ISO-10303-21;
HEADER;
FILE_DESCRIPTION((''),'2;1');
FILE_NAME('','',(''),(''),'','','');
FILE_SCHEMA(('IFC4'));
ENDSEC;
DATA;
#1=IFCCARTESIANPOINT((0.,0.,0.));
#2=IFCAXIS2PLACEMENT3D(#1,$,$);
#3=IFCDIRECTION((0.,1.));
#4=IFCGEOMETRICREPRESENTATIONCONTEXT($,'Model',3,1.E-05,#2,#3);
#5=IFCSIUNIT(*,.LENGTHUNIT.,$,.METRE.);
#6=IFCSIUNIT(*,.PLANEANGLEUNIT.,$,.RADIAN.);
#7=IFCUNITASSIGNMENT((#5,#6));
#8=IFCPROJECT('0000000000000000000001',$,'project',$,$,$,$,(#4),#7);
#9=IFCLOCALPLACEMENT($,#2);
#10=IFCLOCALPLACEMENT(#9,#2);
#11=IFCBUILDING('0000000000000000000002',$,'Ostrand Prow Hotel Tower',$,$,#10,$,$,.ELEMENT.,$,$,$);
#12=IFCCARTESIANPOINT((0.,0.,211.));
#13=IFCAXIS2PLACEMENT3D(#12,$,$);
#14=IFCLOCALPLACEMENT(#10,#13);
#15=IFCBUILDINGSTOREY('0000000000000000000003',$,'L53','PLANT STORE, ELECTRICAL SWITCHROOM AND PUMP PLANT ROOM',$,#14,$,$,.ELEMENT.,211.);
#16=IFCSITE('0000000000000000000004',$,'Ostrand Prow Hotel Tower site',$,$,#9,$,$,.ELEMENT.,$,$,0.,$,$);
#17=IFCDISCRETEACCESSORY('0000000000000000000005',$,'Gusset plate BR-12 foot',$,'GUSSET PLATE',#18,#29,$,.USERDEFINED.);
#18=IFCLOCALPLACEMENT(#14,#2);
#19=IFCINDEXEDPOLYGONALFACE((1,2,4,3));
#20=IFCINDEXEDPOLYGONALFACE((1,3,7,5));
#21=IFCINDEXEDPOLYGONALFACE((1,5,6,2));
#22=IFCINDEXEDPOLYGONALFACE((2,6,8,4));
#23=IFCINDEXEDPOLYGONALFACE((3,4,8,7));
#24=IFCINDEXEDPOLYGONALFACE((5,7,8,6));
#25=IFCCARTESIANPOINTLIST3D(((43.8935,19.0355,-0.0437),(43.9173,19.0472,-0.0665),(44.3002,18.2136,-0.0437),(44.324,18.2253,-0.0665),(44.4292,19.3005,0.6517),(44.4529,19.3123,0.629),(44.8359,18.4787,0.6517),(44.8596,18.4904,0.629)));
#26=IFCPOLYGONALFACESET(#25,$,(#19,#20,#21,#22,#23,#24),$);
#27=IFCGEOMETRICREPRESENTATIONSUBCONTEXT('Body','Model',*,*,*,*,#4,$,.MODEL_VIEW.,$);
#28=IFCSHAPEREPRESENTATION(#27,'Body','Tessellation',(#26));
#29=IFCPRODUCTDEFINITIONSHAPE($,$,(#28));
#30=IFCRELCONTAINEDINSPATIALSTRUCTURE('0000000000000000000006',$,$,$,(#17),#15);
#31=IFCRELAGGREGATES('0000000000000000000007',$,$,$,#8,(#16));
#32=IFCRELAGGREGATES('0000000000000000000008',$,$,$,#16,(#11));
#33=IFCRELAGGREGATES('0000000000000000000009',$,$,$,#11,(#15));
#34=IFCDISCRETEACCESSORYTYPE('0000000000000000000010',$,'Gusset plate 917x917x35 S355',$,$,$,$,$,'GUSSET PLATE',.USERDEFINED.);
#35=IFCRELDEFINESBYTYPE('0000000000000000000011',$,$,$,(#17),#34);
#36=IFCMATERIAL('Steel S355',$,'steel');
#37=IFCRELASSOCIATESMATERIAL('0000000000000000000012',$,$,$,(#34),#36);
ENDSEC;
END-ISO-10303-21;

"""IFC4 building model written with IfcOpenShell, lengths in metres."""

from ifc_helpers import new_model, si_unit, direction, frame, origin, origin_2d, place, context, subcontext, project, spatial, rectangle, extrude, material, material_profile, profile_set, type_object, element, save


model = new_model("IFC4")

# Units and contexts
model_context = context("Model", 3, precision=1e-05, world=origin(), true_north=direction((0.0, 1.0)))
body_context = subcontext(model_context, "Body", "Model", "MODEL_VIEW")
ifc_project = project(units=[si_unit("LENGTHUNIT", "METRE"), si_unit("PLANEANGLEUNIT", "RADIAN")], contexts=[model_context])

# Site, building, storey
site_placement = place(None, origin())
site = spatial("IfcSite", under=ifc_project, at=site_placement, Name="Ostrand Prow Hotel Tower site", CompositionType="ELEMENT", RefElevation=0.0)
building_placement = place(site_placement, origin())
building = spatial("IfcBuilding", under=site, at=building_placement, Name="Ostrand Prow Hotel Tower", CompositionType="ELEMENT")
storey_placement = place(building_placement, frame((0.0, 0.0, 211.0)))
storey = spatial("IfcBuildingStorey", under=building, at=storey_placement, Name="L53", Description="PLANT STORE, ELECTRICAL SWITCHROOM AND PUMP PLANT ROOM", CompositionType="ELEMENT", Elevation=211.0)

# Discrete accessory
ifc_material_1 = material(Name="Steel S355", Category="steel")
ifc_material_profile_1 = material_profile(ifc_material_1, rectangle(XDim=0.917, YDim=0.917, at=origin_2d()), Name="PL 917x917x35")
ifc_profile_set_1 = profile_set([ifc_material_profile_1], Name="Steel S355")
discrete_accessory_type = type_object("IfcDiscreteAccessoryType", Name="Gusset plate 917x917x35 S355", ElementType="GUSSET PLATE", PredefinedType="USERDEFINED", material=ifc_profile_set_1)
discrete_accessory_placement = place(storey_placement, frame((44.3884, 18.7688, 0.2812), z_axis=(-0.679769, -0.336381, 0.651738), x_axis=(0.443514, -0.896268, 0.0)))
element("IfcDiscreteAccessory", 1, at=discrete_accessory_placement, inside=storey, type_object=discrete_accessory_type, Name="Gusset plate BR-12 foot", ObjectType="GUSSET PLATE", PredefinedType="USERDEFINED", context=body_context, shape_type="SweptSolid", body=[
    extrude(rectangle(XDim=0.917, YDim=0.917, at=origin_2d()), origin(), (0.0, 0.0, 1.0), 0.0349),
])

save(model, "model.ifc")
